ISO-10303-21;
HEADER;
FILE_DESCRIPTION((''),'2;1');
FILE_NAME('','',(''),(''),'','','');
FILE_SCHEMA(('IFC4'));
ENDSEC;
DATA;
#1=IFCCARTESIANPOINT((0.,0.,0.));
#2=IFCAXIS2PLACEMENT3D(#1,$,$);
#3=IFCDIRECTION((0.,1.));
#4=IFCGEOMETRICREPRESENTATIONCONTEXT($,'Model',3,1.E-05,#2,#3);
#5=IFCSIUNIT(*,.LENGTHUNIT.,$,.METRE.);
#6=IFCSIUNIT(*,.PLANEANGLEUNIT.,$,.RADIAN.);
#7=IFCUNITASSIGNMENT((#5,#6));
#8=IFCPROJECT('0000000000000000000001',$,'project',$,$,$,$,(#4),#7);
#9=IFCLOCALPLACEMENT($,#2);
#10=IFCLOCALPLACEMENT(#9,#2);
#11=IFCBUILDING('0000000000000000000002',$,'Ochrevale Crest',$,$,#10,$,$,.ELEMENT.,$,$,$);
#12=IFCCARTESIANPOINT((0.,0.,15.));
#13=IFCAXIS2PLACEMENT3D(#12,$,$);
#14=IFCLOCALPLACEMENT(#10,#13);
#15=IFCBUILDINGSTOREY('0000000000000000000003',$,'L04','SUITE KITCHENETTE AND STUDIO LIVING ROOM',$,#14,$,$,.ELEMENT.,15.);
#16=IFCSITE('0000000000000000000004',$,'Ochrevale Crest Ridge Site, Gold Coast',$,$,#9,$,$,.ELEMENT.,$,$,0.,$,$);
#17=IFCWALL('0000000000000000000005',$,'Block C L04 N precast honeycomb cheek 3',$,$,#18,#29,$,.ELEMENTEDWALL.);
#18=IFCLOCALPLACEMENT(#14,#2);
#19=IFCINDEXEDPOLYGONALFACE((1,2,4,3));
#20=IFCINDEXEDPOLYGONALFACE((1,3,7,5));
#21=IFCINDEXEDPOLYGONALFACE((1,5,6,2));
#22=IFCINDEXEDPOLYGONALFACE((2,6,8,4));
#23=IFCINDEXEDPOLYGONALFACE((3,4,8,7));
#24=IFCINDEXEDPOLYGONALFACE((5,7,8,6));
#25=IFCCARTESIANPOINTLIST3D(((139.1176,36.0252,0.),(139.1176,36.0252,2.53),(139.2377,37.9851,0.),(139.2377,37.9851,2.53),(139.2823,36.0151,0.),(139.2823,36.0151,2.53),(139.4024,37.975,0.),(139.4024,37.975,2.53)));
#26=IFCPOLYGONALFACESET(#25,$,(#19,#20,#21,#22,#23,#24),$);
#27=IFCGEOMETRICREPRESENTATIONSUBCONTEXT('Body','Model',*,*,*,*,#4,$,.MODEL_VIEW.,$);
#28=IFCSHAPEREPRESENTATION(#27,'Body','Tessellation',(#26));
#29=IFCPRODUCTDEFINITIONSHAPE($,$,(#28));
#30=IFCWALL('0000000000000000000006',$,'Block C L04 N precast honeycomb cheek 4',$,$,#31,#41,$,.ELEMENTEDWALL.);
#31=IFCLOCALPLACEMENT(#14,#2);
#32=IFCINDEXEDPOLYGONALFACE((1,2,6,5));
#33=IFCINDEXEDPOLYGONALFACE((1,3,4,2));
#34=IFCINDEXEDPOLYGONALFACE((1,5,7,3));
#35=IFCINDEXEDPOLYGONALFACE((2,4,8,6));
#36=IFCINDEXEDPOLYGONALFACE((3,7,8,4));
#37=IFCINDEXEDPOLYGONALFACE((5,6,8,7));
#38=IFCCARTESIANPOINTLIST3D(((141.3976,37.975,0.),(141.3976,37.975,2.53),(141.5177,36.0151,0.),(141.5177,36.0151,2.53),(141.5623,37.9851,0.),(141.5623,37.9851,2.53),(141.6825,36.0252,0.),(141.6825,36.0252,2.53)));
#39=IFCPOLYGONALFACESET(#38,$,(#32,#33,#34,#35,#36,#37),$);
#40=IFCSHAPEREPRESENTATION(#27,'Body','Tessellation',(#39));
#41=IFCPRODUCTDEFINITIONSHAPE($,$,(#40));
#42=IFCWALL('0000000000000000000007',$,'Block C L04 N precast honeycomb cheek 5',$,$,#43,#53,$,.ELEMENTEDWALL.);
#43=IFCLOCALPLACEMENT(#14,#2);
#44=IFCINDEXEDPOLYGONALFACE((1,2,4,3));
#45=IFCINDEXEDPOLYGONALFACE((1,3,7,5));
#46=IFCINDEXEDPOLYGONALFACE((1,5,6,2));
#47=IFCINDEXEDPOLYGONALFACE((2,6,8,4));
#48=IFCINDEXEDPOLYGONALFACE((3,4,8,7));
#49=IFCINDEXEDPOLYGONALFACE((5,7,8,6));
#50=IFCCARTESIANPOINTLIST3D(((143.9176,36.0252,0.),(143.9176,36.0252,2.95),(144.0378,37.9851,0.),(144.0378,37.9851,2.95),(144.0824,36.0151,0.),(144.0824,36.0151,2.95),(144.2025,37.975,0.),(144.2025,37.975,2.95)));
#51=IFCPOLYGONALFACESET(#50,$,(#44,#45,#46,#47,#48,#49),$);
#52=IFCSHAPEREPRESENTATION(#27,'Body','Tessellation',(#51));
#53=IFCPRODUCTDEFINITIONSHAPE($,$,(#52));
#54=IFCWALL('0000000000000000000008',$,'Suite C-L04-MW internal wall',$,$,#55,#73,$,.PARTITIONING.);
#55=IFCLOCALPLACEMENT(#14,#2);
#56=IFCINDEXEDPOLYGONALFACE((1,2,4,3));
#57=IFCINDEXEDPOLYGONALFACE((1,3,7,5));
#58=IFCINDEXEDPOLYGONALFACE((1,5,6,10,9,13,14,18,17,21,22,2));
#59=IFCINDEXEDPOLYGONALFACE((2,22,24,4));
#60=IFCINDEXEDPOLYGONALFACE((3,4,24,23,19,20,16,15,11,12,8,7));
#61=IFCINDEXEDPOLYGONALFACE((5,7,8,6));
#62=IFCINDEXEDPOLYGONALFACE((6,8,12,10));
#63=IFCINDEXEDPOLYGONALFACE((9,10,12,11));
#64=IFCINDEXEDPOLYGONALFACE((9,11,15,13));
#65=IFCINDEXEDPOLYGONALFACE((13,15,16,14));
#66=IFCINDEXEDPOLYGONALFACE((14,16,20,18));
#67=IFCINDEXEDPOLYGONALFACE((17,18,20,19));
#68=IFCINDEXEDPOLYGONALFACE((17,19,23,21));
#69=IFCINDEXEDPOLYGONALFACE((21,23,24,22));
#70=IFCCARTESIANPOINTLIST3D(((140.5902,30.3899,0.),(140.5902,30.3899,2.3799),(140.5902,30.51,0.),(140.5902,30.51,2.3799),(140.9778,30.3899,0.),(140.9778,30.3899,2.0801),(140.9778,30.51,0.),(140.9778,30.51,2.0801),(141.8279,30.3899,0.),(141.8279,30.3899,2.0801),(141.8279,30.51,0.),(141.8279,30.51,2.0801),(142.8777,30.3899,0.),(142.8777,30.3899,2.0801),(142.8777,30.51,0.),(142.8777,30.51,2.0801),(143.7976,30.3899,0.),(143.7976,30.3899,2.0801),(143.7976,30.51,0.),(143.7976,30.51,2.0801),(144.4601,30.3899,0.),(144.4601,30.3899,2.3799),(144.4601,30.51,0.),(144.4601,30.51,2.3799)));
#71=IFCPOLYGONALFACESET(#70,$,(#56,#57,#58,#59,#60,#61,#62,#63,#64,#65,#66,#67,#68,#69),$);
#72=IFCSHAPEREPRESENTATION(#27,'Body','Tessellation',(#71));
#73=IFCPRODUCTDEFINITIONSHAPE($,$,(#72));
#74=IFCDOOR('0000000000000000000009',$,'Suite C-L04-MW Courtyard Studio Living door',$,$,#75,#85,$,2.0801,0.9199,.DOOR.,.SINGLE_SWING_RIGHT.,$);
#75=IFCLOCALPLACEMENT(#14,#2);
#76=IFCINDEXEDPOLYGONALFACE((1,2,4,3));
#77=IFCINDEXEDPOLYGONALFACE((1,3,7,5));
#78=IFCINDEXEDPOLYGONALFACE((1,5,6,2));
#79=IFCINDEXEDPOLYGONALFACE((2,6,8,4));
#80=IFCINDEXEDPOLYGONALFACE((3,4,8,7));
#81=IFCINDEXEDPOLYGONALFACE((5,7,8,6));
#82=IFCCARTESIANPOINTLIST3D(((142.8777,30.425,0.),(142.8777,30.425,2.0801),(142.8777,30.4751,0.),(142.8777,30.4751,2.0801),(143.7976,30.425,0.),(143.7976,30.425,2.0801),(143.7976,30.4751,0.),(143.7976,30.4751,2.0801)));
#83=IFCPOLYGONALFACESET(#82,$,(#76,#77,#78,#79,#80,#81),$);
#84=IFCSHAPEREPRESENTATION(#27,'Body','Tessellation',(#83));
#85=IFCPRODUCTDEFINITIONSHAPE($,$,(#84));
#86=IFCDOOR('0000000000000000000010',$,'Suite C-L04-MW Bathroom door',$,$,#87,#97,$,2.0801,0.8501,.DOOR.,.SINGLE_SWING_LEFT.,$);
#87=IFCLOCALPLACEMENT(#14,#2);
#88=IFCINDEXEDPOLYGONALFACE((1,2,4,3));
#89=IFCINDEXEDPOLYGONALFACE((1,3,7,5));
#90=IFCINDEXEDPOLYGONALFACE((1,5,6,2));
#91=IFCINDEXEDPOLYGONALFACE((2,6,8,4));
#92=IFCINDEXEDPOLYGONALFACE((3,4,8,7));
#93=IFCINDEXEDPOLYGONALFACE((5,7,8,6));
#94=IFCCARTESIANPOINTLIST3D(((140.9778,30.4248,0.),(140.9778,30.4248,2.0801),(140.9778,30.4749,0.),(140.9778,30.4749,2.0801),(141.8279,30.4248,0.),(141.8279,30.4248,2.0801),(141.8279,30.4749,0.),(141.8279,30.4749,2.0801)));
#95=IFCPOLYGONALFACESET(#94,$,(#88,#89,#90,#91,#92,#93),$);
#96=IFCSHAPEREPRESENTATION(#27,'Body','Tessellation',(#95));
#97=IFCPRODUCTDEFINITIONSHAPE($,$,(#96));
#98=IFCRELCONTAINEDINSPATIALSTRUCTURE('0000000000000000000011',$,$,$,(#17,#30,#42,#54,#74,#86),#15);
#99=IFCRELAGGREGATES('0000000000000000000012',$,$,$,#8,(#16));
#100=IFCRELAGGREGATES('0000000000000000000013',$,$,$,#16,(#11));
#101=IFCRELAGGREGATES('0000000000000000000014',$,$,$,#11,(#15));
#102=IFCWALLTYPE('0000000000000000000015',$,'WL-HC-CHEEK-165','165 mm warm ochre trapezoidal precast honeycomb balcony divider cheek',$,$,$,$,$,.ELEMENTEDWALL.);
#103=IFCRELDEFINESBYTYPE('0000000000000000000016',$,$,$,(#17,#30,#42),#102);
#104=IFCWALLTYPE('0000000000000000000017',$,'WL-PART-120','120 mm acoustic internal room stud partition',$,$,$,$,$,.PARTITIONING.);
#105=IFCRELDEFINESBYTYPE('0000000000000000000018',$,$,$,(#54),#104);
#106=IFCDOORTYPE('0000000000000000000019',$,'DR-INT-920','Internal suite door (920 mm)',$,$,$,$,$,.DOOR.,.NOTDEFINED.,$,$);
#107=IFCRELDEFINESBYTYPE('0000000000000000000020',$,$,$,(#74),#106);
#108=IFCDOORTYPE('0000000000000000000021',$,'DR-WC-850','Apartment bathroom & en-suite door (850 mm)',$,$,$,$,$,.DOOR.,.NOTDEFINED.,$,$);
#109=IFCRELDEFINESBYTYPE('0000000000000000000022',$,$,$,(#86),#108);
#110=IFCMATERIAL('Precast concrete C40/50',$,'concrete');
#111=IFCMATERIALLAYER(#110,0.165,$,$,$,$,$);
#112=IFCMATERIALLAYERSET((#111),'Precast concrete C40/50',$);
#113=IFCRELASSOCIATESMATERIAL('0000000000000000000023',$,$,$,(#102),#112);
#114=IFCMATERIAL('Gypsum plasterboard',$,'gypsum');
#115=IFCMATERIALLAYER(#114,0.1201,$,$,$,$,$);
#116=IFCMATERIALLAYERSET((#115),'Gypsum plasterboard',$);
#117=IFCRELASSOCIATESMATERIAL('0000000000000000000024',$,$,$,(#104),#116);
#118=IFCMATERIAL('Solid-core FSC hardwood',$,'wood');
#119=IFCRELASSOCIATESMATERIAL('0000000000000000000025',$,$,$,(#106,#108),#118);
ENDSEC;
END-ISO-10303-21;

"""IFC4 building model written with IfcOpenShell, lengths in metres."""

from ifc_helpers import new_model, si_unit, direction, frame, frame_2d, origin, place, context, subcontext, project, spatial, rectangle, extrude, material, layer, layer_set, type_object, element, fill, save


model = new_model("IFC4")

# Units and contexts
model_context = context("Model", 3, precision=1e-05, world=origin(), true_north=direction((0.0, 1.0)))
body_context = subcontext(model_context, "Body", "Model", "MODEL_VIEW")
ifc_project = project(units=[si_unit("LENGTHUNIT", "METRE"), si_unit("PLANEANGLEUNIT", "RADIAN")], contexts=[model_context])

# Site, building, storey
site_placement = place(None, origin())
site = spatial("IfcSite", under=ifc_project, at=site_placement, Name="Ochrevale Crest Ridge Site, Gold Coast", CompositionType="ELEMENT", RefElevation=0.0)
building_placement = place(site_placement, origin())
building = spatial("IfcBuilding", under=site, at=building_placement, Name="Ochrevale Crest", CompositionType="ELEMENT")
storey_placement = place(building_placement, frame((0.0, 0.0, 15.0)))
storey = spatial("IfcBuildingStorey", under=building, at=storey_placement, Name="L04", Description="SUITE KITCHENETTE AND STUDIO LIVING ROOM", CompositionType="ELEMENT", Elevation=15.0)

# Shared definitions
ifc_material_1 = material(Name="Precast concrete C40/50", Category="concrete")

# Walls
ifc_layer_1 = layer(ifc_material_1, 0.165)
ifc_layer_set_1 = layer_set([ifc_layer_1], Name="Precast concrete C40/50")
wall_type_1 = type_object("IfcWallType", Name="WL-HC-CHEEK-165", Description="165 mm warm ochre trapezoidal precast honeycomb balcony divider cheek", PredefinedType="ELEMENTEDWALL", material=ifc_layer_set_1)
for number, where, z_axis, x_axis, name in (
    (1, (139.2, 36.02, 0.0), (0.0, 0.0, 1.0), (0.061171, 0.998127, 0.0), "Block C L04 N precast honeycomb cheek 3"),
    (2, (141.6001, 36.02, 0.0), (0.0, 0.0, 1.0), (-0.061171, 0.998127, 0.0), "Block C L04 N precast honeycomb cheek 4"),
):
    element("IfcWall", number, at=place(storey_placement, frame(where, z_axis=z_axis, x_axis=x_axis)), inside=storey, type_object=wall_type_1, Name=name, PredefinedType="ELEMENTEDWALL", context=body_context, shape_type="SweptSolid", body=[
        extrude(rectangle(XDim=1.9636, YDim=0.165, at=frame_2d((0.9819, 0.0))), origin(), (0.0, 0.0, 1.0), 2.53),
    ])
wall_1_placement = place(storey_placement, frame((144.0, 36.02, 0.0), z_axis=(0.0, 0.0, 1.0), x_axis=(0.061171, 0.998127, 0.0)))
element("IfcWall", 3, at=wall_1_placement, inside=storey, type_object=wall_type_1, Name="Block C L04 N precast honeycomb cheek 5", PredefinedType="ELEMENTEDWALL", context=body_context, shape_type="SweptSolid", body=[
    extrude(rectangle(XDim=1.9636, YDim=0.165, at=frame_2d((0.9819, 0.0))), origin(), (0.0, 0.0, 1.0), 2.95),
])

# Wall, openings, doors
ifc_material_2 = material(Name="Gypsum plasterboard", Category="gypsum")
ifc_layer_2 = layer(ifc_material_2, 0.1201)
ifc_layer_set_2 = layer_set([ifc_layer_2], Name="Gypsum plasterboard")
wall_type_2 = type_object("IfcWallType", Name="WL-PART-120", Description="120 mm acoustic internal room stud partition", PredefinedType="PARTITIONING", material=ifc_layer_set_2)
wall_2_placement = place(storey_placement, frame((140.5901, 30.45, 0.0), z_axis=(0.0, 0.0, 1.0), x_axis=(1.0, 0.0, 0.0)))
wall_2 = element("IfcWall", 4, at=wall_2_placement, inside=storey, type_object=wall_type_2, Name="Suite C-L04-MW internal wall", PredefinedType="PARTITIONING", context=body_context, shape_type="SweptSolid", body=[
    extrude(rectangle(XDim=3.8699, YDim=0.1201, at=frame_2d((1.9351, 0.0))), origin(), (0.0, 0.0, 1.0), 2.3799),
])
opening_1_placement = place(wall_2_placement, frame((0.3877, 0.0, 0.0)))
opening_1 = element("IfcOpeningElement", 5, at=opening_1_placement, cuts=wall_2, PredefinedType="OPENING", context=body_context, shape_type="SweptSolid", body=[
    extrude(rectangle(XDim=0.8501, YDim=2.0801, at=frame_2d((0.425, 1.04))), frame((0.0, 0.0701, 0.0), z_axis=(0.0, -1.0, 0.0), x_axis=(1.0, 0.0, 0.0)), (0.0, 0.0, 1.0), 0.1401),
])
opening_2_placement = place(wall_2_placement, frame((3.2075, 0.0, 0.0), z_axis=(0.0, 0.0, 1.0), x_axis=(-1.0, 0.0, 0.0)))
opening_2 = element("IfcOpeningElement", 6, at=opening_2_placement, cuts=wall_2, PredefinedType="OPENING", context=body_context, shape_type="SweptSolid", body=[
    extrude(rectangle(XDim=0.9199, YDim=2.0801, at=frame_2d((0.46, 1.04))), frame((0.0, 0.0701, 0.0), z_axis=(0.0, -1.0, 0.0), x_axis=(1.0, 0.0, 0.0)), (0.0, 0.0, 1.0), 0.1401),
])
ifc_material_3 = material(Name="Solid-core FSC hardwood", Category="wood")
door_type_1 = type_object("IfcDoorType", Name="DR-INT-920", Description="Internal suite door (920 mm)", OperationType="NOTDEFINED", PredefinedType="DOOR", material=ifc_material_3)
door_1_placement = place(opening_2_placement, origin())
door_1 = element("IfcDoor", 7, at=door_1_placement, inside=storey, type_object=door_type_1, Name="Suite C-L04-MW Courtyard Studio Living door", OperationType="SINGLE_SWING_RIGHT", OverallHeight=2.0801, OverallWidth=0.9199, PredefinedType="DOOR", context=body_context, shape_type="SweptSolid", body=[
    extrude(rectangle(XDim=0.9199, YDim=2.0801, at=frame_2d((0.46, 1.04))), frame((0.0, 0.0249, 0.0), z_axis=(0.0, -1.0, 0.0), x_axis=(1.0, 0.0, 0.0)), (0.0, 0.0, 1.0), 0.05),
])
fill(opening_2, door_1)
door_type_2 = type_object("IfcDoorType", Name="DR-WC-850", Description="Apartment bathroom & en-suite door (850 mm)", OperationType="NOTDEFINED", PredefinedType="DOOR", material=ifc_material_3)
door_2_placement = place(opening_1_placement, origin())
door_2 = element("IfcDoor", 8, at=door_2_placement, inside=storey, type_object=door_type_2, Name="Suite C-L04-MW Bathroom door", OperationType="SINGLE_SWING_LEFT", OverallHeight=2.0801, OverallWidth=0.8501, PredefinedType="DOOR", context=body_context, shape_type="SweptSolid", body=[
    extrude(rectangle(XDim=0.8501, YDim=2.0801, at=frame_2d((0.425, 1.04))), frame((0.0, 0.0249, 0.0), z_axis=(0.0, -1.0, 0.0), x_axis=(1.0, 0.0, 0.0)), (0.0, 0.0, 1.0), 0.05),
])
fill(opening_1, door_2)

save(model, "model.ifc")
